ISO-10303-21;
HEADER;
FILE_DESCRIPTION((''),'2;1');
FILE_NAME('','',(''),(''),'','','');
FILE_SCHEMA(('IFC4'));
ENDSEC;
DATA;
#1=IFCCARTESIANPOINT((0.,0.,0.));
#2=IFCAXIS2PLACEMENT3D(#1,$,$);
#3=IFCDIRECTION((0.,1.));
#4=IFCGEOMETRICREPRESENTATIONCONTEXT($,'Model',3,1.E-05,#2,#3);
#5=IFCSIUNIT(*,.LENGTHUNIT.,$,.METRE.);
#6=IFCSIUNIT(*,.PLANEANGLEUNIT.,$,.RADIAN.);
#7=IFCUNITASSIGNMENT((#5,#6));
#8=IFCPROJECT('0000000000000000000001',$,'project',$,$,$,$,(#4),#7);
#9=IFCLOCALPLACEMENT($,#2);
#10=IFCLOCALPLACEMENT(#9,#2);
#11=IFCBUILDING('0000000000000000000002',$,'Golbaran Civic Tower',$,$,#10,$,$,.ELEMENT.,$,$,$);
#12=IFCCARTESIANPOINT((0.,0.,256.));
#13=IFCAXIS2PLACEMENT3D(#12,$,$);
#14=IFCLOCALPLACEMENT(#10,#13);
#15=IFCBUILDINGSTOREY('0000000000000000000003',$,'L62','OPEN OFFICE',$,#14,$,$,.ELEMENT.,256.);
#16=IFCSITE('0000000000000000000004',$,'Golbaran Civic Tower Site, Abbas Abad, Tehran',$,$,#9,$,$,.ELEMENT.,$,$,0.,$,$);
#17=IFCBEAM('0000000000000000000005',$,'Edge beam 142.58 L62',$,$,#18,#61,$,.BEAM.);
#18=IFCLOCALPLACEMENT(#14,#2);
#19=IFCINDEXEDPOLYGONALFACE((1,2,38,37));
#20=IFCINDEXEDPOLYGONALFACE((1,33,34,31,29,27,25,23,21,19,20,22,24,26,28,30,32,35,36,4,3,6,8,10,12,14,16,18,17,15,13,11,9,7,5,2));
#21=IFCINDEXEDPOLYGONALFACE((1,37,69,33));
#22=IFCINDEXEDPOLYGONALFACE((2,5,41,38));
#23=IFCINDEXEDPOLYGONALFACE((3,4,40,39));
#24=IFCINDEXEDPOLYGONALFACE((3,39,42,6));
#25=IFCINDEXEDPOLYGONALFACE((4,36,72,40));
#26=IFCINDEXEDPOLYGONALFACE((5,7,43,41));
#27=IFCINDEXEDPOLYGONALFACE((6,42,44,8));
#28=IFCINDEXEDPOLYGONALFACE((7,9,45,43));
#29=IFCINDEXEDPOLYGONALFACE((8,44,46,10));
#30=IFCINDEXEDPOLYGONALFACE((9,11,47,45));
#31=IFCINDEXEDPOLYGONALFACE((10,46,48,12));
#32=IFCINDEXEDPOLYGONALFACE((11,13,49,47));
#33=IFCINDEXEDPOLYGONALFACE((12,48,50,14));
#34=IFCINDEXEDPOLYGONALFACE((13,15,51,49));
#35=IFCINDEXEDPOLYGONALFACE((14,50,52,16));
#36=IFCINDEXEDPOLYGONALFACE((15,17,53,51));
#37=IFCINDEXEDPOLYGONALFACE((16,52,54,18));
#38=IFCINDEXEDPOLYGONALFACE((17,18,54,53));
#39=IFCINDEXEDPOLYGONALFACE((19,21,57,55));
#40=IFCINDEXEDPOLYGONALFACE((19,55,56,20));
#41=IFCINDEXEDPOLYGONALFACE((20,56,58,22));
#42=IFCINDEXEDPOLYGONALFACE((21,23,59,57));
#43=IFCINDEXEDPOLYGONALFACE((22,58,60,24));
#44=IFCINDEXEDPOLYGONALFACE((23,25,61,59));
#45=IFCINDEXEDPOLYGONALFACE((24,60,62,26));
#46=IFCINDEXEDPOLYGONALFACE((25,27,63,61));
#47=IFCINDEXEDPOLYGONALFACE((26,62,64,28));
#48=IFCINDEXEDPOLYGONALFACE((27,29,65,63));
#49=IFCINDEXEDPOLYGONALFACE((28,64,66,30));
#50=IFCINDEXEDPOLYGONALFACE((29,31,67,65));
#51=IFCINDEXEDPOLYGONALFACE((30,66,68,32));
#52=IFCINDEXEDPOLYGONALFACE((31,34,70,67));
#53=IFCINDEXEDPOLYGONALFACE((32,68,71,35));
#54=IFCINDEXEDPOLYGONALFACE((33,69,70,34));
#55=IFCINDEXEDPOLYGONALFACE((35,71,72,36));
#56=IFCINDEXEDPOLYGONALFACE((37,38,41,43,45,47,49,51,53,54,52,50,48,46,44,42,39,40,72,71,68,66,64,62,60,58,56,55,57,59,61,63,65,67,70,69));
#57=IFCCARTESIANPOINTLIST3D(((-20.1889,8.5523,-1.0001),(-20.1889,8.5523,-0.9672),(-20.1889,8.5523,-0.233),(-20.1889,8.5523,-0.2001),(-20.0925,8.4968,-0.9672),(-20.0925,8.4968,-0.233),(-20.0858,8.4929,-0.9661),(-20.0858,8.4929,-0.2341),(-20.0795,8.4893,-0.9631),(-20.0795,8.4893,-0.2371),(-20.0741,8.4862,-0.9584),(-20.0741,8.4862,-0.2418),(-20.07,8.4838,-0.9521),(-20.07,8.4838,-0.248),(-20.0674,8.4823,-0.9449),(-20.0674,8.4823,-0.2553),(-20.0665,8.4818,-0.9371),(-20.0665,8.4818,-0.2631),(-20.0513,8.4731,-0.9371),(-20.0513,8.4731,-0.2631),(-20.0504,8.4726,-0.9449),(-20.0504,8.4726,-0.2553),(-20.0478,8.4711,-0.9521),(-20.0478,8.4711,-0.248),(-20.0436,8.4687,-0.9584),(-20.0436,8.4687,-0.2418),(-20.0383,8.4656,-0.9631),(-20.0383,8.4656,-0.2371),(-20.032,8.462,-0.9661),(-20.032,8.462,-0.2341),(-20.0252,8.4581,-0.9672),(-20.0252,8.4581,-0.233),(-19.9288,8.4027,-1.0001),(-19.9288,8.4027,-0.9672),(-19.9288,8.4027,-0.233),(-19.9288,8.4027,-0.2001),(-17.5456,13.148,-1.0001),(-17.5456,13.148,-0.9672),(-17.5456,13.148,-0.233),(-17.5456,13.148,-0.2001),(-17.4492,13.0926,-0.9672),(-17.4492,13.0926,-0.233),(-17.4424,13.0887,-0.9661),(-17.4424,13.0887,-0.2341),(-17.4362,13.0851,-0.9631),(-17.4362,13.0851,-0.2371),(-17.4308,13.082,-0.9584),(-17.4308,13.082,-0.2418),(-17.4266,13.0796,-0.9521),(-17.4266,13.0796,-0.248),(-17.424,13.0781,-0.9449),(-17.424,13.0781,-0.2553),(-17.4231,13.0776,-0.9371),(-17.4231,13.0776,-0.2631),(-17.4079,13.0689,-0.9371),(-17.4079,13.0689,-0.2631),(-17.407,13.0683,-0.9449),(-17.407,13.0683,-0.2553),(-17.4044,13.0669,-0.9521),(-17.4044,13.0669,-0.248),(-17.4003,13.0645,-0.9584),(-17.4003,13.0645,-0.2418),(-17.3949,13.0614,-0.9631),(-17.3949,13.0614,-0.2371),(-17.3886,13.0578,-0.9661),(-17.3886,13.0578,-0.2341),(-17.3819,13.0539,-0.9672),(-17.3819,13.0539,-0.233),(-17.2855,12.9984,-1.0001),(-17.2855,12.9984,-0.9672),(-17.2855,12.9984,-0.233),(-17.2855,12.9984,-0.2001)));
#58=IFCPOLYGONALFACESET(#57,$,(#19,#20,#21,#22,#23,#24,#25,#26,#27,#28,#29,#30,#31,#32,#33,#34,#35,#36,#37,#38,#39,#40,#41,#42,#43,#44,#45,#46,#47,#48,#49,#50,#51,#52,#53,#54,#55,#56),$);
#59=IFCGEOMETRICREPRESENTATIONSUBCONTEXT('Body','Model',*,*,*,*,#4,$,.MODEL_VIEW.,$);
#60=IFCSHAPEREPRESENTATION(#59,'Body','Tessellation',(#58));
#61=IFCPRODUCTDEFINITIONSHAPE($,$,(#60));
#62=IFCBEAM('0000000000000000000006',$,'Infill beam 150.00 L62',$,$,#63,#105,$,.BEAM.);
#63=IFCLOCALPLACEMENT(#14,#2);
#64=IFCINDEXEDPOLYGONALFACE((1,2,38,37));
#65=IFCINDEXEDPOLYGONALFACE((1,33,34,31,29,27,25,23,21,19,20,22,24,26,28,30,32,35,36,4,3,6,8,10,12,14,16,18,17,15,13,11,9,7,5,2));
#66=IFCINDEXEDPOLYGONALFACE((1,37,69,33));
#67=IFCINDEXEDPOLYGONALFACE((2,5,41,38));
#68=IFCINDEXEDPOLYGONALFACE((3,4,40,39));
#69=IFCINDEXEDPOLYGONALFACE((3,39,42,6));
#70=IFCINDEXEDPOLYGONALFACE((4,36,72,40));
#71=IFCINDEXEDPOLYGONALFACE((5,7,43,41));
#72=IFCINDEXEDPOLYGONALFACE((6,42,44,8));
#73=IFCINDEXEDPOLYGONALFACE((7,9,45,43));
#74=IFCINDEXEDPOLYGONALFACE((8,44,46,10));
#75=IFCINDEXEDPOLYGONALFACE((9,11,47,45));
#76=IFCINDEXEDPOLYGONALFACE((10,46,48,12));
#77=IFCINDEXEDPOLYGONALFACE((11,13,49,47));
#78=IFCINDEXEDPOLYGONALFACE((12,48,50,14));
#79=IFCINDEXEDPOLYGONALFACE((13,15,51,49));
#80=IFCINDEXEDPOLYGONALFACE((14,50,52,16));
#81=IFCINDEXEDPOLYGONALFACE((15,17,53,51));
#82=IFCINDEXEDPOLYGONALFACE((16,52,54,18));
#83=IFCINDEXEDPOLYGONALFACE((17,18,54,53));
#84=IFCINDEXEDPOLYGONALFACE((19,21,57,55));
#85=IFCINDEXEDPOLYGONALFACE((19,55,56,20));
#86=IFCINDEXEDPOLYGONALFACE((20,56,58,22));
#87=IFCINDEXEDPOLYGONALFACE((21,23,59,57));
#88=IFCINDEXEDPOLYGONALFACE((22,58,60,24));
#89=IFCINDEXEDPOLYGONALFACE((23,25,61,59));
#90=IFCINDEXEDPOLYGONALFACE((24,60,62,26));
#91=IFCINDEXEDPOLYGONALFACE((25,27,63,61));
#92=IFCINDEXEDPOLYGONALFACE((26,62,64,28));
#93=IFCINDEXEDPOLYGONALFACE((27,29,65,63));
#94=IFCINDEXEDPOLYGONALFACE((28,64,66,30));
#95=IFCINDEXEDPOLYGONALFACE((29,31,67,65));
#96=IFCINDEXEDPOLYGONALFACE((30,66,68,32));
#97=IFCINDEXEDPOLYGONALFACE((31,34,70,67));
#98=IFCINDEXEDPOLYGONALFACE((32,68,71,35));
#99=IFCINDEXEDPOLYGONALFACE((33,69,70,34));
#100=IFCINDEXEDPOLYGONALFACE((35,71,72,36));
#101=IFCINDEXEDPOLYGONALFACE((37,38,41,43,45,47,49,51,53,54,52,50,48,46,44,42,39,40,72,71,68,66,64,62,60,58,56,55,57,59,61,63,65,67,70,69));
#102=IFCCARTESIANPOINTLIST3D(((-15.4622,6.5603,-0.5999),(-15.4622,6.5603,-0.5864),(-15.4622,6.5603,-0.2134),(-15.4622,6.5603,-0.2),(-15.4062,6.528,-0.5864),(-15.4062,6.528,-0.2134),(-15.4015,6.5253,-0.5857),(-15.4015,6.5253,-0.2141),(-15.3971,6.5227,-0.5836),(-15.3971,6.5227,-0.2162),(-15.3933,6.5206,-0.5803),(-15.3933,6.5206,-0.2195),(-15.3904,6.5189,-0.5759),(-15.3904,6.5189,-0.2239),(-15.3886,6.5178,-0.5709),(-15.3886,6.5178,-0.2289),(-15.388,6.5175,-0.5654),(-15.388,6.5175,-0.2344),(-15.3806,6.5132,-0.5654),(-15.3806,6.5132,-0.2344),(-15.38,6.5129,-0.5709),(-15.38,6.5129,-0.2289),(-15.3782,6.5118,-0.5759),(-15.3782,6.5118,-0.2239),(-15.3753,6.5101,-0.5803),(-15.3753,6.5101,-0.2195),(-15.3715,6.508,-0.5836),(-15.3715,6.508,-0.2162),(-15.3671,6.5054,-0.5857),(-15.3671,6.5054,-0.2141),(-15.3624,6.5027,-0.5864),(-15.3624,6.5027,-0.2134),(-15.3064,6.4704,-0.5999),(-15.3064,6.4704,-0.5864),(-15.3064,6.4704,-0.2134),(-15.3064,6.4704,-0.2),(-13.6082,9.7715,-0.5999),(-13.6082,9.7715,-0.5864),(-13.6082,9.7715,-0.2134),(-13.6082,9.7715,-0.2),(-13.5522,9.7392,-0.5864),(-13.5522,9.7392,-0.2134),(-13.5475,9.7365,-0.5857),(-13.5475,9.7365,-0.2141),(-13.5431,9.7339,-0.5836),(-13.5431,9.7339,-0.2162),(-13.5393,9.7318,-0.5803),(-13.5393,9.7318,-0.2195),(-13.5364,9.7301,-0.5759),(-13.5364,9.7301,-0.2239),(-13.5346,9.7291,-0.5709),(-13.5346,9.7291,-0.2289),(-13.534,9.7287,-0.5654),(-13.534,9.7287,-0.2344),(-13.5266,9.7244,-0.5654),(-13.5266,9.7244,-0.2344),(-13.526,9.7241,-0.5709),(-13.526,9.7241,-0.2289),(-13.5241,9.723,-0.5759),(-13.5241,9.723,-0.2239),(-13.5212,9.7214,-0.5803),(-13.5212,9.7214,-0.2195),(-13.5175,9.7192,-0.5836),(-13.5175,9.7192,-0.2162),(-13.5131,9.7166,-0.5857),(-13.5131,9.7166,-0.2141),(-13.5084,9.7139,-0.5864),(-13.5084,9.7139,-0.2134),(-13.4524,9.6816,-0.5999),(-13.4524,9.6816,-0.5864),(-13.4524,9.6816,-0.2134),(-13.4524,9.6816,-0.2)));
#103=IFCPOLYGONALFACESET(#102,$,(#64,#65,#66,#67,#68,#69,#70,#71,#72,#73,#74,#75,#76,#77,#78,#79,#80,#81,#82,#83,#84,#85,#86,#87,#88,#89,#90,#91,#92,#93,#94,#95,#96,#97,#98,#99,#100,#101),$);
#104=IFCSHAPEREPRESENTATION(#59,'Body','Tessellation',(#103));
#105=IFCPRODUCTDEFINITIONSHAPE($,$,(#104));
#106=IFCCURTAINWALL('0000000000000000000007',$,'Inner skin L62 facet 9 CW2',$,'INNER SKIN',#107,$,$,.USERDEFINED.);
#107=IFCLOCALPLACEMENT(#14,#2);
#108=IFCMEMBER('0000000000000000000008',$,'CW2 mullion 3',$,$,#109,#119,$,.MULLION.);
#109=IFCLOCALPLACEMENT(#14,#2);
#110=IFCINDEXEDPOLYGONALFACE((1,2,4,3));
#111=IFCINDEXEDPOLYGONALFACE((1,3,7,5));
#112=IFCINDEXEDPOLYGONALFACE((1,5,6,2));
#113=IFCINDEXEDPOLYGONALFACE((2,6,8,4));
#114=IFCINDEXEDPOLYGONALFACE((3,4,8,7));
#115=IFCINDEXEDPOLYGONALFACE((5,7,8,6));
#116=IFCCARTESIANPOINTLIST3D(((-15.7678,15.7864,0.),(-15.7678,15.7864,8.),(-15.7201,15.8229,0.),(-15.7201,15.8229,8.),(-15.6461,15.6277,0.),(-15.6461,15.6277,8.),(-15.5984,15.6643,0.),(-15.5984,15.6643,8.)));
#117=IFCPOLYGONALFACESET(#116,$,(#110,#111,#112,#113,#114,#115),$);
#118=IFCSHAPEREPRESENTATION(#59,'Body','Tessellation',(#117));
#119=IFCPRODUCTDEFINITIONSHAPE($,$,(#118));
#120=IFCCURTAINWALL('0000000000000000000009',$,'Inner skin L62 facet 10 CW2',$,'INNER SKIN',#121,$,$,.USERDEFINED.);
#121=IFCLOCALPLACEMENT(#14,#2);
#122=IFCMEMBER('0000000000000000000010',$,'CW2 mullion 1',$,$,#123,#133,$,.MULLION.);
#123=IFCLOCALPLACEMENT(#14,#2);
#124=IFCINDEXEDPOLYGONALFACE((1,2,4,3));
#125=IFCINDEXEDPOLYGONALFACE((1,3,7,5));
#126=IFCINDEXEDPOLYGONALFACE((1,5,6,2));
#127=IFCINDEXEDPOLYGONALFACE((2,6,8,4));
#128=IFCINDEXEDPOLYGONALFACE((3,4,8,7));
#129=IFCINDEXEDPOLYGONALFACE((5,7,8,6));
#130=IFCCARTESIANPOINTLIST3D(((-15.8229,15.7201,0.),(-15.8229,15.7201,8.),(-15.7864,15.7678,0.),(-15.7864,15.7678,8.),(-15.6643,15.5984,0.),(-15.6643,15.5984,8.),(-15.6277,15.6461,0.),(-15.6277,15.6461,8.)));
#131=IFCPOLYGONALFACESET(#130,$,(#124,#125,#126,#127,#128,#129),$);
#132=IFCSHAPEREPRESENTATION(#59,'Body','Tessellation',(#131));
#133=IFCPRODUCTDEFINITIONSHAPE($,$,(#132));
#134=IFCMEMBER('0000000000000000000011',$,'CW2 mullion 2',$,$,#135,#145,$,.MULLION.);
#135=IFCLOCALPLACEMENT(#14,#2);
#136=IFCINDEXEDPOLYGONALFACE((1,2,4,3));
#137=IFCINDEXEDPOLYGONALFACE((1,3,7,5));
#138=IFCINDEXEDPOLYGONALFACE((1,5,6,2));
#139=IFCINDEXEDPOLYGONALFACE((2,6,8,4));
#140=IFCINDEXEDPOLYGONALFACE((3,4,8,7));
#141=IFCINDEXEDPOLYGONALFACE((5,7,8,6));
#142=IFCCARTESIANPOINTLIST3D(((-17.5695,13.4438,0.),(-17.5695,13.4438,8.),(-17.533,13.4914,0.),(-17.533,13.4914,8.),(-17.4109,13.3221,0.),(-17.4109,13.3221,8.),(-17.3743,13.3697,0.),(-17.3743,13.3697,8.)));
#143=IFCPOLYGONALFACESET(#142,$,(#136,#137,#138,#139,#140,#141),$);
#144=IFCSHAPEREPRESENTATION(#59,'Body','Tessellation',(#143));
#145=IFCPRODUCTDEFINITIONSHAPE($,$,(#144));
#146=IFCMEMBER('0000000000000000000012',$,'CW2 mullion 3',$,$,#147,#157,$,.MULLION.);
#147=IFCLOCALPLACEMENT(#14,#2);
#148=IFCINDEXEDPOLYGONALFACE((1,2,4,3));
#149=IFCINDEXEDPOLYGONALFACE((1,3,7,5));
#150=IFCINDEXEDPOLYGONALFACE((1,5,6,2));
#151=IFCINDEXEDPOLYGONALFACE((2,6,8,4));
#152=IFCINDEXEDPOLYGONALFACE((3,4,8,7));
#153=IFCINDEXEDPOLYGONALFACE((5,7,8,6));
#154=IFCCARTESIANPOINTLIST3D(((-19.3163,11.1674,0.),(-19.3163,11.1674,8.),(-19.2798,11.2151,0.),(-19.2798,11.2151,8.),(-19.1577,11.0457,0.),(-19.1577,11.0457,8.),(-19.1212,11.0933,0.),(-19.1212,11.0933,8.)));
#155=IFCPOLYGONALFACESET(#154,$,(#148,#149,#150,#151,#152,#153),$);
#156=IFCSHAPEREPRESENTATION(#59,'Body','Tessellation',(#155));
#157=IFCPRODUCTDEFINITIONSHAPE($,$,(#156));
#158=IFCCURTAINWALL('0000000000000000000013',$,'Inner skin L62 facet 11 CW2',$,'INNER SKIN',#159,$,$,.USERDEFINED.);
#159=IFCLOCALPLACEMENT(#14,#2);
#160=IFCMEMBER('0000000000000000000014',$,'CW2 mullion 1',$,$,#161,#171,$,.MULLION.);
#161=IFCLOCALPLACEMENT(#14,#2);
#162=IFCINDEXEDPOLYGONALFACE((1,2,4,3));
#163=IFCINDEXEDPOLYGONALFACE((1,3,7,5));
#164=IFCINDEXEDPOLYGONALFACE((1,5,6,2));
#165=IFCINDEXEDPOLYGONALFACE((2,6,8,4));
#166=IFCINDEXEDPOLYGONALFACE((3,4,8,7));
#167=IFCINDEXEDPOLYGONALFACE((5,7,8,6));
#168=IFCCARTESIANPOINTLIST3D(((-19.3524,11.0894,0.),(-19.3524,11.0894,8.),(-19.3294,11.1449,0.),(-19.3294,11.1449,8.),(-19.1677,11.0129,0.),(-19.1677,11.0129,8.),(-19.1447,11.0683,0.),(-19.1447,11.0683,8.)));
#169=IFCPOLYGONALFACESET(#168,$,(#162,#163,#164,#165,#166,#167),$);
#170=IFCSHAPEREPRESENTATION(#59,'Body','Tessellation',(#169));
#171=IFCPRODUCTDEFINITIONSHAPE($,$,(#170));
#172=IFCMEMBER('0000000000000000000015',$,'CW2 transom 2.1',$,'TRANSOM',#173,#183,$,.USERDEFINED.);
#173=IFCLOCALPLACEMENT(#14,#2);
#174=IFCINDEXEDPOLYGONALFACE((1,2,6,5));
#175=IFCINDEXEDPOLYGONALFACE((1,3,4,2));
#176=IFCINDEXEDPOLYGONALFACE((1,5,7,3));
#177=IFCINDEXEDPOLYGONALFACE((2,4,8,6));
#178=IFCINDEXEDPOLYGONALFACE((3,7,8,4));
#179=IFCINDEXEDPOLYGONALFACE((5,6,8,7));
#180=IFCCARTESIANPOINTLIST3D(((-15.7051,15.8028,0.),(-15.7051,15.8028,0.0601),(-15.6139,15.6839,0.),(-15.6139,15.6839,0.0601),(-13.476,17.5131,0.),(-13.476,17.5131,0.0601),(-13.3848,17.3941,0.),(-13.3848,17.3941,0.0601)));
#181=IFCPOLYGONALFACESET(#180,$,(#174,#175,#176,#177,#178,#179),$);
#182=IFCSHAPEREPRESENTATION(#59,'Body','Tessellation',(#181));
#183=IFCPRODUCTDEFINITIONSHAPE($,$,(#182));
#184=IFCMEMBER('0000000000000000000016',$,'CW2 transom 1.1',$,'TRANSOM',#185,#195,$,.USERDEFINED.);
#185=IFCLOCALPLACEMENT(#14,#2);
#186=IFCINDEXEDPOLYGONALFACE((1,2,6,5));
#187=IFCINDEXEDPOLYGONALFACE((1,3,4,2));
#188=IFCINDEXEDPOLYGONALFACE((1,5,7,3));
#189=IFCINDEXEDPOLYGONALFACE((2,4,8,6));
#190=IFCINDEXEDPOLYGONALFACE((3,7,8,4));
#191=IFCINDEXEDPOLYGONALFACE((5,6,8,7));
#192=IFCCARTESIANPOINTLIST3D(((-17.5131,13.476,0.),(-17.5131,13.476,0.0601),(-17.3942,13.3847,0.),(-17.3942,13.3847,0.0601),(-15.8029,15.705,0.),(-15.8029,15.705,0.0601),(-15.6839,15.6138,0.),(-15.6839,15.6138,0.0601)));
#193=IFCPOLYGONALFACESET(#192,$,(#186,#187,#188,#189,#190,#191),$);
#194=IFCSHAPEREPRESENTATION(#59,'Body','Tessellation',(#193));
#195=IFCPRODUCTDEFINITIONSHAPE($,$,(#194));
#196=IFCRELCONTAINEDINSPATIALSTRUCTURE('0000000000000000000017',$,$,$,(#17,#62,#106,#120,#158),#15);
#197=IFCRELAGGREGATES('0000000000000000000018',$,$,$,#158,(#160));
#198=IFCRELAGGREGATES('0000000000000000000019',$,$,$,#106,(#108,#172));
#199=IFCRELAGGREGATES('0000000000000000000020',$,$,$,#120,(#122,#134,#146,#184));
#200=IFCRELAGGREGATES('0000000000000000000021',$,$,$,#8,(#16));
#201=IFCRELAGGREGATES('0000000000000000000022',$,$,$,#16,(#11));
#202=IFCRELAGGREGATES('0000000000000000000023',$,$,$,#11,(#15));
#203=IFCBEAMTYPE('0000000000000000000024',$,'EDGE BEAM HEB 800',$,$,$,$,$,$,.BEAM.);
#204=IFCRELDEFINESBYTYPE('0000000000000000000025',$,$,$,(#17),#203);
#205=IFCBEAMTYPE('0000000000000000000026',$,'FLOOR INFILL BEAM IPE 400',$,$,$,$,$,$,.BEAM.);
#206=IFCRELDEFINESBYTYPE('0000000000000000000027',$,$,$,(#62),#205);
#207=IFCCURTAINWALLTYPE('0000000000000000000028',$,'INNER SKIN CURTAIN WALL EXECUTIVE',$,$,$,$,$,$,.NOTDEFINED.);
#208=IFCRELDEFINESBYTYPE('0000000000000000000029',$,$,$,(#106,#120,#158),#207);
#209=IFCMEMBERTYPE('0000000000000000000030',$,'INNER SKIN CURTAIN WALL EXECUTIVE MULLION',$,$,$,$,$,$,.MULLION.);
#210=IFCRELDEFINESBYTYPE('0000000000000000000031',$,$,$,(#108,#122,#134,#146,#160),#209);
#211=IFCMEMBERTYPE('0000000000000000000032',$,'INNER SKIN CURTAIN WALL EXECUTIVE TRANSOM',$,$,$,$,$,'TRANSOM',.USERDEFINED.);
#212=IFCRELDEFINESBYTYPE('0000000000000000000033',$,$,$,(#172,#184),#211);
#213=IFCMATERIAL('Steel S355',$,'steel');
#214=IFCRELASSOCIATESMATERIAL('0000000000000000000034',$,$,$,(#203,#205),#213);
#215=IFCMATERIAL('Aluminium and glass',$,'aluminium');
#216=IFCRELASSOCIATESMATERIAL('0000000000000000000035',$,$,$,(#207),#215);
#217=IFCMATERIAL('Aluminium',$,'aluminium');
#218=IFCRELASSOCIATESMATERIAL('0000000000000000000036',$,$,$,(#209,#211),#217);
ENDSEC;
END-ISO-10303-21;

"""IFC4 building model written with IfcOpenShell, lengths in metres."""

from ifc_helpers import new_model, si_unit, direction, frame, origin, origin_2d, place, context, subcontext, project, spatial, rectangle, i_section, extrude, material, material_profile, profile_set, type_object, element, aggregate, save


model = new_model("IFC4")

# Units and contexts
model_context = context("Model", 3, precision=1e-05, world=origin(), true_north=direction((0.0, 1.0)))
body_context = subcontext(model_context, "Body", "Model", "MODEL_VIEW")
ifc_project = project(units=[si_unit("LENGTHUNIT", "METRE"), si_unit("PLANEANGLEUNIT", "RADIAN")], contexts=[model_context])

# Site, building, storey
site_placement = place(None, origin())
site = spatial("IfcSite", under=ifc_project, at=site_placement, Name="Golbaran Civic Tower Site, Abbas Abad, Tehran", CompositionType="ELEMENT", RefElevation=0.0)
building_placement = place(site_placement, origin())
building = spatial("IfcBuilding", under=site, at=building_placement, Name="Golbaran Civic Tower", CompositionType="ELEMENT")
storey_placement = place(building_placement, frame((0.0, 0.0, 256.0)))
storey = spatial("IfcBuildingStorey", under=building, at=storey_placement, Name="L62", Description="OPEN OFFICE", CompositionType="ELEMENT", Elevation=256.0)

# Beams
ifc_material_1 = material(Name="Steel S355", Category="steel")
ifc_material_profile_1 = material_profile(ifc_material_1, i_section(OverallWidth=0.3, OverallDepth=0.8, WebThickness=0.0176, FlangeThickness=0.033, FilletRadius=0.03, at=origin_2d()), Name="HEB 800")
ifc_profile_set_1 = profile_set([ifc_material_profile_1], Name="Steel S355")
beam_type_1 = type_object("IfcBeamType", Name="EDGE BEAM HEB 800", PredefinedType="BEAM", material=ifc_profile_set_1)
beam_1_placement = place(storey_placement, frame((-17.4155, 13.0732, -0.6001), z_axis=(-0.498582, -0.866843, 0.0), x_axis=(0.866843, -0.498582, 0.0)))
element("IfcBeam", 1, at=beam_1_placement, inside=storey, type_object=beam_type_1, Name="Edge beam 142.58 L62", PredefinedType="BEAM", context=body_context, shape_type="SweptSolid", body=[
    extrude(i_section(OverallWidth=0.3, OverallDepth=0.8, WebThickness=0.0176, FlangeThickness=0.033, FilletRadius=0.03, at=origin_2d()), origin(), (0.0, 0.0, 1.0), 5.3018),
])
ifc_material_profile_2 = material_profile(ifc_material_1, i_section(OverallWidth=0.1799, OverallDepth=0.3999, WebThickness=0.0085, FlangeThickness=0.0134, FilletRadius=0.021, at=origin_2d()), Name="IPE 400")
ifc_profile_set_2 = profile_set([ifc_material_profile_2], Name="Steel S355")
beam_type_2 = type_object("IfcBeamType", Name="FLOOR INFILL BEAM IPE 400", PredefinedType="BEAM", material=ifc_profile_set_2)
beam_2_placement = place(storey_placement, frame((-13.5303, 9.7266, -0.3999), z_axis=(-0.500006, -0.866022, 0.0), x_axis=(0.866022, -0.500006, 0.0)))
element("IfcBeam", 2, at=beam_2_placement, inside=storey, type_object=beam_type_2, Name="Infill beam 150.00 L62", PredefinedType="BEAM", context=body_context, shape_type="SweptSolid", body=[
    extrude(i_section(OverallWidth=0.1799, OverallDepth=0.3999, WebThickness=0.0085, FlangeThickness=0.0134, FilletRadius=0.021, at=origin_2d()), origin(), (0.0, 0.0, 1.0), 3.708),
])

# Curtain wall, member
ifc_material_2 = material(Name="Aluminium and glass", Category="aluminium")
curtain_wall_type = type_object("IfcCurtainWallType", Name="INNER SKIN CURTAIN WALL EXECUTIVE", PredefinedType="NOTDEFINED", material=ifc_material_2)
curtain_wall_1_placement = place(storey_placement, origin())
curtain_wall_1 = element("IfcCurtainWall", 3, at=curtain_wall_1_placement, inside=storey, type_object=curtain_wall_type, Name="Inner skin L62 facet 9 CW2", ObjectType="INNER SKIN", PredefinedType="USERDEFINED")
ifc_material_3 = material(Name="Aluminium", Category="aluminium")
ifc_material_profile_3 = material_profile(ifc_material_3, rectangle(XDim=0.2, YDim=0.0601, at=origin_2d()), Name="INNER SKIN CURTAIN WALL EXECUTIVE MULLION")
ifc_profile_set_3 = profile_set([ifc_material_profile_3], Name="Aluminium")
member_type_1 = type_object("IfcMemberType", Name="INNER SKIN CURTAIN WALL EXECUTIVE MULLION", PredefinedType="MULLION", material=ifc_profile_set_3)
member_1_placement = place(storey_placement, frame((-15.6831, 15.7253, 0.0), z_axis=(0.0, 0.0, 1.0), x_axis=(0.608761, -0.793353, 0.0)))
member_1 = element("IfcMember", 4, at=member_1_placement, type_object=member_type_1, Name="CW2 mullion 3", PredefinedType="MULLION", context=body_context, shape_type="SweptSolid", body=[
    extrude(rectangle(XDim=0.2, YDim=0.0601, at=origin_2d()), origin(), (0.0, 0.0, 1.0), 8.0),
])

# Curtain wall, members
curtain_wall_2_placement = place(storey_placement, origin())
curtain_wall_2 = element("IfcCurtainWall", 5, at=curtain_wall_2_placement, inside=storey, type_object=curtain_wall_type, Name="Inner skin L62 facet 10 CW2", ObjectType="INNER SKIN", PredefinedType="USERDEFINED")
member_2_placement = place(storey_placement, frame((-15.7253, 15.6831, 0.0), z_axis=(0.0, 0.0, 1.0), x_axis=(0.793353, -0.608761, 0.0)))
member_2 = element("IfcMember", 6, at=member_2_placement, type_object=member_type_1, Name="CW2 mullion 1", PredefinedType="MULLION", context=body_context, shape_type="SweptSolid", body=[
    extrude(rectangle(XDim=0.2, YDim=0.0601, at=origin_2d()), origin(), (0.0, 0.0, 1.0), 8.0),
])
member_3_placement = place(storey_placement, frame((-17.4719, 13.4067, 0.0), z_axis=(0.0, 0.0, 1.0), x_axis=(0.793353, -0.608761, 0.0)))
member_3 = element("IfcMember", 7, at=member_3_placement, type_object=member_type_1, Name="CW2 mullion 2", PredefinedType="MULLION", context=body_context, shape_type="SweptSolid", body=[
    extrude(rectangle(XDim=0.2, YDim=0.0601, at=origin_2d()), origin(), (0.0, 0.0, 1.0), 8.0),
])
member_4_placement = place(storey_placement, frame((-19.2188, 11.1304, 0.0), z_axis=(0.0, 0.0, 1.0), x_axis=(0.793353, -0.608761, 0.0)))
member_4 = element("IfcMember", 8, at=member_4_placement, type_object=member_type_1, Name="CW2 mullion 3", PredefinedType="MULLION", context=body_context, shape_type="SweptSolid", body=[
    extrude(rectangle(XDim=0.2, YDim=0.0601, at=origin_2d()), origin(), (0.0, 0.0, 1.0), 8.0),
])

# Curtain wall, member
curtain_wall_3_placement = place(storey_placement, origin())
curtain_wall_3 = element("IfcCurtainWall", 9, at=curtain_wall_3_placement, inside=storey, type_object=curtain_wall_type, Name="Inner skin L62 facet 11 CW2", ObjectType="INNER SKIN", PredefinedType="USERDEFINED")
member_5_placement = place(storey_placement, frame((-19.2485, 11.0789, 0.0), z_axis=(0.0, 0.0, 1.0), x_axis=(0.92388, -0.382683, 0.0)))
member_5 = element("IfcMember", 10, at=member_5_placement, type_object=member_type_1, Name="CW2 mullion 1", PredefinedType="MULLION", context=body_context, shape_type="SweptSolid", body=[
    extrude(rectangle(XDim=0.2, YDim=0.0601, at=origin_2d()), origin(), (0.0, 0.0, 1.0), 8.0),
])

# Members
ifc_material_profile_4 = material_profile(ifc_material_3, rectangle(XDim=0.1499, YDim=0.0601, at=origin_2d()), Name="INNER SKIN CURTAIN WALL EXECUTIVE TRANSOM")
ifc_profile_set_4 = profile_set([ifc_material_profile_4], Name="Aluminium")
member_type_2 = type_object("IfcMemberType", Name="INNER SKIN CURTAIN WALL EXECUTIVE TRANSOM", ElementType="TRANSOM", PredefinedType="USERDEFINED", material=ifc_profile_set_4)
member_6_placement = place(storey_placement, frame((-13.4304, 17.4536, 0.03), z_axis=(-0.793383, -0.608723, 0.0), x_axis=(0.608723, -0.793383, 0.0)))
member_6 = element("IfcMember", 11, at=member_6_placement, type_object=member_type_2, Name="CW2 transom 2.1", ObjectType="TRANSOM", PredefinedType="USERDEFINED", context=body_context, shape_type="SweptSolid", body=[
    extrude(rectangle(XDim=0.1499, YDim=0.0601, at=origin_2d()), origin(), (0.0, 0.0, 1.0), 2.8096),
])
member_7_placement = place(storey_placement, frame((-15.7434, 15.6594, 0.03), z_axis=(-0.608723, -0.793383, 0.0), x_axis=(0.793383, -0.608723, 0.0)))
member_7 = element("IfcMember", 12, at=member_7_placement, type_object=member_type_2, Name="CW2 transom 1.1", ObjectType="TRANSOM", PredefinedType="USERDEFINED", context=body_context, shape_type="SweptSolid", body=[
    extrude(rectangle(XDim=0.1499, YDim=0.0601, at=origin_2d()), origin(), (0.0, 0.0, 1.0), 2.8096),
])

aggregate(curtain_wall_3, [member_5])
aggregate(curtain_wall_1, [member_1, member_6])
aggregate(curtain_wall_2, [member_2, member_3, member_4, member_7])

save(model, "model.ifc")
